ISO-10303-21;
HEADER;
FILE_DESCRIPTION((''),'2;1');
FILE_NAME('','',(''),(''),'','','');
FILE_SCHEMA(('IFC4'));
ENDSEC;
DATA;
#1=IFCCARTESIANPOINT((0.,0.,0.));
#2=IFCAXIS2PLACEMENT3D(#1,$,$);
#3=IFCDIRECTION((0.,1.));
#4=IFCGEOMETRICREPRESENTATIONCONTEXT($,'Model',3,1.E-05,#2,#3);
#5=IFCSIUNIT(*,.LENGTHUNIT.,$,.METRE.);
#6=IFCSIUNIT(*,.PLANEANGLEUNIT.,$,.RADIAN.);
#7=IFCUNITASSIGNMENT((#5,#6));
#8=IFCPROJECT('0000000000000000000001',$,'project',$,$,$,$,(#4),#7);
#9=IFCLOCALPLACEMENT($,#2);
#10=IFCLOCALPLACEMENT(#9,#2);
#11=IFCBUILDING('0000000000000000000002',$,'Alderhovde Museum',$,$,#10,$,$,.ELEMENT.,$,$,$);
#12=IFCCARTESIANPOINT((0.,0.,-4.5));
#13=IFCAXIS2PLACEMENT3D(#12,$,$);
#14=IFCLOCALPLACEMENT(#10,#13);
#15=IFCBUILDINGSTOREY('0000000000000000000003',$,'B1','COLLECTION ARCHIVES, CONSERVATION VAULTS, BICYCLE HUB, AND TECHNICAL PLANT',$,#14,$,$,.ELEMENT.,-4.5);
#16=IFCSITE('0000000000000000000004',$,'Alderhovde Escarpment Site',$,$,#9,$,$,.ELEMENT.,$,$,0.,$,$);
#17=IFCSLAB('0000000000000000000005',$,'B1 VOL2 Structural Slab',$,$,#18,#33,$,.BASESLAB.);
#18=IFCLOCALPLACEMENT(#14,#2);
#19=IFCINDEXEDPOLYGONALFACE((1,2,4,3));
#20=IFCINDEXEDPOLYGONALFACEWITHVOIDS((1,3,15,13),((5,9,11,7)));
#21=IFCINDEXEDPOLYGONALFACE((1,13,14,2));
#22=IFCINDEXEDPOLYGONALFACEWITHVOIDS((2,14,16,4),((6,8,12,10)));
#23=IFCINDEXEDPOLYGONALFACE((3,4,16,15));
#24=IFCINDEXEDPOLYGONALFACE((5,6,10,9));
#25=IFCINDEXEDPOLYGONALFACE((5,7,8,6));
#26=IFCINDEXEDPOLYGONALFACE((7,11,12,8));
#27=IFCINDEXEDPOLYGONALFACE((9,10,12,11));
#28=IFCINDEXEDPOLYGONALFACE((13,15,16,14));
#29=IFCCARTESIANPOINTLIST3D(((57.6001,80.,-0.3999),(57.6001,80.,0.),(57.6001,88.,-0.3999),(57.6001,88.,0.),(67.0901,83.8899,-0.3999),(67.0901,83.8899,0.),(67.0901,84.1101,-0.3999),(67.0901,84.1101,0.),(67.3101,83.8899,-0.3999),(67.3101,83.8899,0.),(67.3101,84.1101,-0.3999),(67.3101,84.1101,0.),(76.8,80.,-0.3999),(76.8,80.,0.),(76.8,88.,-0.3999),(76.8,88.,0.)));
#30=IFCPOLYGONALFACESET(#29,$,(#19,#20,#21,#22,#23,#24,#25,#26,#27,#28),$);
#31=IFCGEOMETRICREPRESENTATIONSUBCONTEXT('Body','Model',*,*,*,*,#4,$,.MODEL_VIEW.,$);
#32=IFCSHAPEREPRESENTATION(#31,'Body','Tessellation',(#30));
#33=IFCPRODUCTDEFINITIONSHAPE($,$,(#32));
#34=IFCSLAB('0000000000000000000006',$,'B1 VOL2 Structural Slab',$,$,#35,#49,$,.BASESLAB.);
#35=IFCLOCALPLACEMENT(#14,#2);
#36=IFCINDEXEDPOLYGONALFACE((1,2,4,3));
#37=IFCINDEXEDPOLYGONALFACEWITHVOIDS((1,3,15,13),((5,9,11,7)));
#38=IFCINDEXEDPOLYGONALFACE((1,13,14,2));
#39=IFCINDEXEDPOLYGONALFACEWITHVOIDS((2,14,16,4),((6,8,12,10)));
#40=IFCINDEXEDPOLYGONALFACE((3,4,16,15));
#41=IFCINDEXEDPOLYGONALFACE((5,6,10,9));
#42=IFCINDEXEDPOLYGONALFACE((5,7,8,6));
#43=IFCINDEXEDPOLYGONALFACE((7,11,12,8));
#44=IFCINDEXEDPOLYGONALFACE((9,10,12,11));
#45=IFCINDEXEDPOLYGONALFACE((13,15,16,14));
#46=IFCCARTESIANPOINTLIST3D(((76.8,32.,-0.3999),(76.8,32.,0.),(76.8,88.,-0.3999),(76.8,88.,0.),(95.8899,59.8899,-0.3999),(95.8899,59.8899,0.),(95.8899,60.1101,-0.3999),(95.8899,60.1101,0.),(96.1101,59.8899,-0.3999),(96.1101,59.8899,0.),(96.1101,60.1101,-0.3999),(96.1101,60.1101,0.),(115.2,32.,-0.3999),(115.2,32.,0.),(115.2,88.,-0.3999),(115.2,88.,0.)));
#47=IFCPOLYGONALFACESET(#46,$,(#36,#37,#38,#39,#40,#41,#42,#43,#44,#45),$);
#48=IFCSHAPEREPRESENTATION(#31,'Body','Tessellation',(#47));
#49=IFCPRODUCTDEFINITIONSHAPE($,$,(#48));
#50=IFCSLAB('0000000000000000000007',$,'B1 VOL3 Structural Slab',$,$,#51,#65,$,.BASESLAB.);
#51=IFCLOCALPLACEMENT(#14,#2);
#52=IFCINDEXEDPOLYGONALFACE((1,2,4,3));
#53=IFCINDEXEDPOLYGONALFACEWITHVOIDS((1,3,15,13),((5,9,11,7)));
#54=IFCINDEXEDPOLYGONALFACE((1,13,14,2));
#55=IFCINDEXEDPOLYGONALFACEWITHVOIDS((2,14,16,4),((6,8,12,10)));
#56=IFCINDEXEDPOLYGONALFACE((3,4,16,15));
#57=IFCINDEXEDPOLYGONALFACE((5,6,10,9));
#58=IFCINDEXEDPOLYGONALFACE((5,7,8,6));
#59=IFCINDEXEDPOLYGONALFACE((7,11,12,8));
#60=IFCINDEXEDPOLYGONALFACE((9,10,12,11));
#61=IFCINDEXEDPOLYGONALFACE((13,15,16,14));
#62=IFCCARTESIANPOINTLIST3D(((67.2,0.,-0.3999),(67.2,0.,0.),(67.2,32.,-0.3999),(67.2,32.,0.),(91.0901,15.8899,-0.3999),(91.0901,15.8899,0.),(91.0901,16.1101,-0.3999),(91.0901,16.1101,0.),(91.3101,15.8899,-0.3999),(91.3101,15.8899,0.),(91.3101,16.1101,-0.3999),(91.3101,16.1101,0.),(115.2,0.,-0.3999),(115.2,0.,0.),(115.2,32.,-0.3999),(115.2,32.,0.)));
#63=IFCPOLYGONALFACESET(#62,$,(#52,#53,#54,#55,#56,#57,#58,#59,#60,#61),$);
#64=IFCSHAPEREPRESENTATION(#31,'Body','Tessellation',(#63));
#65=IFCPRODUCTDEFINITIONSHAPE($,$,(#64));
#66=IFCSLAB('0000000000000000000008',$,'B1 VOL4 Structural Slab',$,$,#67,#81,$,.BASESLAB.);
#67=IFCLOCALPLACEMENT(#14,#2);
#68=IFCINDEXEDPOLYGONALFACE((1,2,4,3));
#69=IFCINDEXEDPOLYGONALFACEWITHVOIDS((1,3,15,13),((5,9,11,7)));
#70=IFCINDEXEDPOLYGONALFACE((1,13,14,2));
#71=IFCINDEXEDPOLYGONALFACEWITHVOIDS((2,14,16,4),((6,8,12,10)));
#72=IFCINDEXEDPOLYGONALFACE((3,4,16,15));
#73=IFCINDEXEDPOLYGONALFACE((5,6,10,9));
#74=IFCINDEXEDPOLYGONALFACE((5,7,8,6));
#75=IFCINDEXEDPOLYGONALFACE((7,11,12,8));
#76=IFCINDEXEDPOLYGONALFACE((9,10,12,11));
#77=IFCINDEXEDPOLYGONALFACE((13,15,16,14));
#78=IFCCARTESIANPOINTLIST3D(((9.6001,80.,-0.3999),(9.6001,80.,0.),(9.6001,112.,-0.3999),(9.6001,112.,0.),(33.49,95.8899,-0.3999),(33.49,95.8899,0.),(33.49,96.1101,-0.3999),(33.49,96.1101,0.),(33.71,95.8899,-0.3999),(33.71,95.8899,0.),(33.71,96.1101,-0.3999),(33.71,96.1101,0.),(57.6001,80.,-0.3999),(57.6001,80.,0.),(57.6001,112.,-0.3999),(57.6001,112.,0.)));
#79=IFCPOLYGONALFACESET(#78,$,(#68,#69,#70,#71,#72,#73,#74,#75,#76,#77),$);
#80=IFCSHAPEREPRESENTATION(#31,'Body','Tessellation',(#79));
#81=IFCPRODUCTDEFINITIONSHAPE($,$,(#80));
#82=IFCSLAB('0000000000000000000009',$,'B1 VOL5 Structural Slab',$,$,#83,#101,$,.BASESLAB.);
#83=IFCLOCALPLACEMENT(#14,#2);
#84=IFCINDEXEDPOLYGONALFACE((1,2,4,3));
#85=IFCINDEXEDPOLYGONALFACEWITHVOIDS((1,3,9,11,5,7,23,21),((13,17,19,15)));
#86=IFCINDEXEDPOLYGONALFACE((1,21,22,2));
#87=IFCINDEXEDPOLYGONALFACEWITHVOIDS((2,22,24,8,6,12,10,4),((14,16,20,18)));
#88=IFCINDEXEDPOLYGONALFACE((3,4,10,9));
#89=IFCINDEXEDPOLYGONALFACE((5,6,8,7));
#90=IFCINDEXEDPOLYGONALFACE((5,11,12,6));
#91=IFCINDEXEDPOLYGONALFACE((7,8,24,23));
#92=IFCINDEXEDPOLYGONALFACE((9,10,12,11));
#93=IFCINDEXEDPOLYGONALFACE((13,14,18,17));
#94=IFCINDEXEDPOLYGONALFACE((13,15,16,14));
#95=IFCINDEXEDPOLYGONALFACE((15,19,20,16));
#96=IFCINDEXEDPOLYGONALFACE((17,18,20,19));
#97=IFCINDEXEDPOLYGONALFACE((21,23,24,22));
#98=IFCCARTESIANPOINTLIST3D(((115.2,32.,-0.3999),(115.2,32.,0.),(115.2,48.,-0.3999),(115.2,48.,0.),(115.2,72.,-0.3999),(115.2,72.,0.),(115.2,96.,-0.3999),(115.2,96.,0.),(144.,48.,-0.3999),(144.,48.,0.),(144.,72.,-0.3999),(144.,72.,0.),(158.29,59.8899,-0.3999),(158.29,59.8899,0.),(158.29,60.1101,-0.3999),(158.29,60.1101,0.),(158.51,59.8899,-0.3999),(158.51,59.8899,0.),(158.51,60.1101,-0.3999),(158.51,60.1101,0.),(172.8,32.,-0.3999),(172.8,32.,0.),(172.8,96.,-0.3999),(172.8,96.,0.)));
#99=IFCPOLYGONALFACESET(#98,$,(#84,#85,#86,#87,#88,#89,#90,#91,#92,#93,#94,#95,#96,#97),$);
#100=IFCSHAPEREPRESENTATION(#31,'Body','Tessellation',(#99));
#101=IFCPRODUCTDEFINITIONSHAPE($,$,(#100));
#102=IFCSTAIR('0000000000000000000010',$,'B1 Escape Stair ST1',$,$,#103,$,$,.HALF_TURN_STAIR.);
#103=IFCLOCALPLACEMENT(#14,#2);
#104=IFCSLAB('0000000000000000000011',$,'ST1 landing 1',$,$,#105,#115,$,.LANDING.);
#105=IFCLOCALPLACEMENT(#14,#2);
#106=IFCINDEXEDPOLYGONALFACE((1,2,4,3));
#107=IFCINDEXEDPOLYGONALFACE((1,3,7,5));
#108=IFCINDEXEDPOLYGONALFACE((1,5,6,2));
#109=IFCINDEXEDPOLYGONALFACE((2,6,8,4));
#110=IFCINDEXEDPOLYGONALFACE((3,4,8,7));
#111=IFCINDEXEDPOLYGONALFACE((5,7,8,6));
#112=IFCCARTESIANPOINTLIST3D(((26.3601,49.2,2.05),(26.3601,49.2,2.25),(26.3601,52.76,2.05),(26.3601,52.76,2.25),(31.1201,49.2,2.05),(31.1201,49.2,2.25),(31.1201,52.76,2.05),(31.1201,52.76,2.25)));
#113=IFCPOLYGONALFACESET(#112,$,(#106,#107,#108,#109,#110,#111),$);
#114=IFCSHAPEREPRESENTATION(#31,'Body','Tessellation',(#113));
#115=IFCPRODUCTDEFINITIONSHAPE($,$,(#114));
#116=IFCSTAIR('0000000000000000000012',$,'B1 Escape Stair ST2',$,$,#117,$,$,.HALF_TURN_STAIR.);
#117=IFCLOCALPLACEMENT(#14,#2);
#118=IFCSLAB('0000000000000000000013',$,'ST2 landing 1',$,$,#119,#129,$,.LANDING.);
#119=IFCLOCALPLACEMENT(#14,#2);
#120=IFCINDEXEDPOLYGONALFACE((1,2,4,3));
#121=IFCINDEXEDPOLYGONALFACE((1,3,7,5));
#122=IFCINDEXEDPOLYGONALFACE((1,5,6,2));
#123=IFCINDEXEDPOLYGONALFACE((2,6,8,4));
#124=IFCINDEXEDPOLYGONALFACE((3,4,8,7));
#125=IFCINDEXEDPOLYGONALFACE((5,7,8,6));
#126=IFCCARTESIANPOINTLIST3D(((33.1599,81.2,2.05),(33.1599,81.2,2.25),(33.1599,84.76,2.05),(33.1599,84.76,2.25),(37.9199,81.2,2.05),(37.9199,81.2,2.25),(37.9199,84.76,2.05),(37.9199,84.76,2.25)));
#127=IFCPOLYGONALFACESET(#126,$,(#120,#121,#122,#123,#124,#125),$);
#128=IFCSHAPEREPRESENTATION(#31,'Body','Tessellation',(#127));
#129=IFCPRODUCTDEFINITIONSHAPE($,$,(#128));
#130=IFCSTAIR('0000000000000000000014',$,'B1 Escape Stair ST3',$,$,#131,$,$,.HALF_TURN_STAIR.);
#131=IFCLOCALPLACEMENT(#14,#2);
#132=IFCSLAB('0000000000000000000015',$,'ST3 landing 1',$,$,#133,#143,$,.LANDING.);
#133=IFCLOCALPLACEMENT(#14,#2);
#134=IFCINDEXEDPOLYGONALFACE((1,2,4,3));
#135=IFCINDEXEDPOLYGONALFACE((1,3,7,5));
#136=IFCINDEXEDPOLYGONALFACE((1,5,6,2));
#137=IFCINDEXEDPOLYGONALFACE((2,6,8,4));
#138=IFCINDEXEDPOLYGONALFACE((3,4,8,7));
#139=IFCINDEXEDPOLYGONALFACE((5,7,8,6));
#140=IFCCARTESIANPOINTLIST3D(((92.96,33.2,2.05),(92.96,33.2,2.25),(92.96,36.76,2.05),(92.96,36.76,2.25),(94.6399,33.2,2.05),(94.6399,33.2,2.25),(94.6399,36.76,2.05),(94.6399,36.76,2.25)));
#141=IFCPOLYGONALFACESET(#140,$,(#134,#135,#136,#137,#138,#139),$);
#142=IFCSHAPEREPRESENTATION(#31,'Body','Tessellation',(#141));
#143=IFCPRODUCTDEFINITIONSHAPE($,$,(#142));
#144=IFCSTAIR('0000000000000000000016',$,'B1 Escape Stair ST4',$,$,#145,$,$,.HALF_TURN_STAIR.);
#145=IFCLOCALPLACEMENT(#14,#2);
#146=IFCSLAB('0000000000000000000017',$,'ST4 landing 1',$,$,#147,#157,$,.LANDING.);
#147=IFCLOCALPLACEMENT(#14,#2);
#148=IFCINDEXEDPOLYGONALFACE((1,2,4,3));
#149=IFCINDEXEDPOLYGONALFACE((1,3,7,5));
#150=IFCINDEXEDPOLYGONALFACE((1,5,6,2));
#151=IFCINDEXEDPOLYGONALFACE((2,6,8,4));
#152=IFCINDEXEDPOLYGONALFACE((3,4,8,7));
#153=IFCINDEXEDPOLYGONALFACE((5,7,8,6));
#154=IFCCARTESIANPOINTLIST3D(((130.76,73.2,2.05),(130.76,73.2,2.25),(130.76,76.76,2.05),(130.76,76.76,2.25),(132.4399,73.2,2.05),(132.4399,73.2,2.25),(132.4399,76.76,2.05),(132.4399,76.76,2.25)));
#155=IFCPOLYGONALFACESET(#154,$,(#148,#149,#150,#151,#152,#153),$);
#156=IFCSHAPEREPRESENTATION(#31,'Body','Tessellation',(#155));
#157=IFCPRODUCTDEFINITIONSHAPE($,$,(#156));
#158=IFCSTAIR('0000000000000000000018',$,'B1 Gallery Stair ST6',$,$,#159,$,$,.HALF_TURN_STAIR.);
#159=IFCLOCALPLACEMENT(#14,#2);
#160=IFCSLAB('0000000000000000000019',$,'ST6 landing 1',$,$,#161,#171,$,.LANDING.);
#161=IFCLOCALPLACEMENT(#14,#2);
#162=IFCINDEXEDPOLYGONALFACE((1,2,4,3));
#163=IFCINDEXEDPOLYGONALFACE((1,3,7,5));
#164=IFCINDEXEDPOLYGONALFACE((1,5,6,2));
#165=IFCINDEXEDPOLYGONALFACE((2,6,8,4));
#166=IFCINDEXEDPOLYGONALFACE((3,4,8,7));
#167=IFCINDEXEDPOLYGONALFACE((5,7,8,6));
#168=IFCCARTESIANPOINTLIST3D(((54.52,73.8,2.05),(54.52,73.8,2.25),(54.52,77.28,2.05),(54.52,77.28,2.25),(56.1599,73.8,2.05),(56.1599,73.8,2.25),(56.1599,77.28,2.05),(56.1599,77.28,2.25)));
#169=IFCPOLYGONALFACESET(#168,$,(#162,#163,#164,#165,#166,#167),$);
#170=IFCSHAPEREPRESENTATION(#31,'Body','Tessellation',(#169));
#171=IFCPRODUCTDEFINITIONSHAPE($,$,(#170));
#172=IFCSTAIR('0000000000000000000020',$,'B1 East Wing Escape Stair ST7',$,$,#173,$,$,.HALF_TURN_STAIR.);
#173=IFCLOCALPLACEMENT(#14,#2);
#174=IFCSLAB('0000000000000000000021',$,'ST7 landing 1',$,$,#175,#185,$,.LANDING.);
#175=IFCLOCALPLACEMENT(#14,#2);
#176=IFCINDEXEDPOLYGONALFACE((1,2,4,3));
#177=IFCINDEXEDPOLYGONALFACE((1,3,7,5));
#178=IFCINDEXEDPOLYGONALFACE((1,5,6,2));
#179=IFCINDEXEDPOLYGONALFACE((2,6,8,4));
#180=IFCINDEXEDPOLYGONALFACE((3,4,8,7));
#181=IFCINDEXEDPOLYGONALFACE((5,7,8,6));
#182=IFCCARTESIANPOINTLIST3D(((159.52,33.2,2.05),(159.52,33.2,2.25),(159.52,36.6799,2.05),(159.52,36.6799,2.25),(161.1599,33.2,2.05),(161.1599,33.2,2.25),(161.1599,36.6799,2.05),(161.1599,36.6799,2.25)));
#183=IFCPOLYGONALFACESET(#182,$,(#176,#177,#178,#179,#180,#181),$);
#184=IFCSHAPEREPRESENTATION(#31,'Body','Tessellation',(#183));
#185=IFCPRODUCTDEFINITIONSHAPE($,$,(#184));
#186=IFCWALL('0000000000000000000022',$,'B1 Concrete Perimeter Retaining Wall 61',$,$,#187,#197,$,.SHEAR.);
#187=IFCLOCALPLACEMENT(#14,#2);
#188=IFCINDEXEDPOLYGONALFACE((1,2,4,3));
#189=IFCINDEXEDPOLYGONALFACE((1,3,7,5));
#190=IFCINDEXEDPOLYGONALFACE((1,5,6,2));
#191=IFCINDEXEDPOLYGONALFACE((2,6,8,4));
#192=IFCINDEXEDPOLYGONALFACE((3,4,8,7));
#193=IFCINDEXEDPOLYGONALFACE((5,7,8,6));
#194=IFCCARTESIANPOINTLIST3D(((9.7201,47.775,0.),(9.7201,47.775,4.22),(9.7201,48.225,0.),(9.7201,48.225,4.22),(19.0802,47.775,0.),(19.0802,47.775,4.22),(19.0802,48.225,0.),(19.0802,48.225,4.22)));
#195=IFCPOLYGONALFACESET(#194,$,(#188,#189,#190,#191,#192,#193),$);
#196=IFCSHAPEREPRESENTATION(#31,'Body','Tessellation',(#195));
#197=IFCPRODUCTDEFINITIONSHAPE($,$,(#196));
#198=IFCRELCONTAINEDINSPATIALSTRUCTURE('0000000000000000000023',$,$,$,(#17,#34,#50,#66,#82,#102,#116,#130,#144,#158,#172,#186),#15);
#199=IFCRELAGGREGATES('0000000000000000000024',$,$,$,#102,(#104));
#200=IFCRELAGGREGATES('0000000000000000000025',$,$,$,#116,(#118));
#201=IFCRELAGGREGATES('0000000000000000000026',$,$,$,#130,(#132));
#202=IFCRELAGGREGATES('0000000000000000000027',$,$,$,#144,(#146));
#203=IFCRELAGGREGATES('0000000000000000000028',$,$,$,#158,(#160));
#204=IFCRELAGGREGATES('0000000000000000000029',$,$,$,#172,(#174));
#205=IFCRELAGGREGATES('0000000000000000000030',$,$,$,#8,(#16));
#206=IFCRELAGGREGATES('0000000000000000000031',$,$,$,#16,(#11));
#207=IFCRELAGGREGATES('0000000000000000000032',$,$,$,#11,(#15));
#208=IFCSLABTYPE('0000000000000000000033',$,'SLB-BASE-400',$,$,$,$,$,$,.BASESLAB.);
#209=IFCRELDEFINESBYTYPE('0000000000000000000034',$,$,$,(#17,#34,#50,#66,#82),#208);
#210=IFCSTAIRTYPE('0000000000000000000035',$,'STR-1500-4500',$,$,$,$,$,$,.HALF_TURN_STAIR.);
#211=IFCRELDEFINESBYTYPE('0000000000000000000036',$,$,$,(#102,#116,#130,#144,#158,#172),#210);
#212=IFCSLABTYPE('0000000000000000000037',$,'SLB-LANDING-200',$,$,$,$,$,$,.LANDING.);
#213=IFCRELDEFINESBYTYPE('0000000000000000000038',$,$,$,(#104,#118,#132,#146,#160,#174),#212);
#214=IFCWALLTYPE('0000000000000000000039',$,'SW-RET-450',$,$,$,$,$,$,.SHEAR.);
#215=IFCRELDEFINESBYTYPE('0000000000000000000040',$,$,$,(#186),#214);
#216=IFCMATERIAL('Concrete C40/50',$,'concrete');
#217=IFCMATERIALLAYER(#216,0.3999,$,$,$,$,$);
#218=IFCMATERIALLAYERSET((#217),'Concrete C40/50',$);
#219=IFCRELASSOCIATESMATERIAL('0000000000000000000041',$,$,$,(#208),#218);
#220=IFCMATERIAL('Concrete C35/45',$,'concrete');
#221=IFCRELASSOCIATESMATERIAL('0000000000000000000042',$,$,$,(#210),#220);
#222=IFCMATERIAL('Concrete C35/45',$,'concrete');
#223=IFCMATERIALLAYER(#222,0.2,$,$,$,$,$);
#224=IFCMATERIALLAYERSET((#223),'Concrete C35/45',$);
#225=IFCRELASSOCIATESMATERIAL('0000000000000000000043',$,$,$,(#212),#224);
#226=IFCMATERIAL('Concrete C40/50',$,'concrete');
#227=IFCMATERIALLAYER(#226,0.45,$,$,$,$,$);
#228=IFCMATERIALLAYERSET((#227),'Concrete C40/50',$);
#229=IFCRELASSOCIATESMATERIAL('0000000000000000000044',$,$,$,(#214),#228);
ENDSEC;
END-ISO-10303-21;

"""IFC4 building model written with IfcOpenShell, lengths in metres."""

from ifc_helpers import new_model, si_unit, direction, frame, frame_2d, origin, place, context, subcontext, project, spatial, polyline, rectangle, outline, extrude, material, layer, layer_set, type_object, element, aggregate, save


model = new_model("IFC4")

# Units and contexts
model_context = context("Model", 3, precision=1e-05, world=origin(), true_north=direction((0.0, 1.0)))
body_context = subcontext(model_context, "Body", "Model", "MODEL_VIEW")
ifc_project = project(units=[si_unit("LENGTHUNIT", "METRE"), si_unit("PLANEANGLEUNIT", "RADIAN")], contexts=[model_context])

# Site, building, storey
site_placement = place(None, origin())
site = spatial("IfcSite", under=ifc_project, at=site_placement, Name="Alderhovde Escarpment Site", CompositionType="ELEMENT", RefElevation=0.0)
building_placement = place(site_placement, origin())
building = spatial("IfcBuilding", under=site, at=building_placement, Name="Alderhovde Museum", CompositionType="ELEMENT")
storey_placement = place(building_placement, frame((0.0, 0.0, -4.5)))
storey = spatial("IfcBuildingStorey", under=building, at=storey_placement, Name="B1", Description="COLLECTION ARCHIVES, CONSERVATION VAULTS, BICYCLE HUB, AND TECHNICAL PLANT", CompositionType="ELEMENT", Elevation=-4.5)

# Slabs
ifc_material_1 = material(Name="Concrete C40/50", Category="concrete")
ifc_layer_1 = layer(ifc_material_1, 0.3999)
ifc_layer_set_1 = layer_set([ifc_layer_1], Name="Concrete C40/50")
slab_type_1 = type_object("IfcSlabType", Name="SLB-BASE-400", PredefinedType="BASESLAB", material=ifc_layer_set_1)
slab_1_placement = place(storey_placement, frame((0.0, 0.0, -0.3999)))
element("IfcSlab", 1, at=slab_1_placement, inside=storey, type_object=slab_type_1, Name="B1 VOL2 Structural Slab", PredefinedType="BASESLAB", context=body_context, shape_type="SweptSolid", body=[
    extrude(outline(polyline([(57.6001, 80.0), (76.8, 80.0), (76.8, 88.0), (57.6001, 88.0), (57.6001, 80.0)]), holes=[polyline([(67.0901, 83.8899), (67.3101, 83.8899), (67.3101, 84.1101), (67.0901, 84.1101), (67.0901, 83.8899)])]), origin(), (0.0, 0.0, 1.0), 0.3999),
])
slab_2_placement = place(storey_placement, frame((0.0, 0.0, -0.3999)))
element("IfcSlab", 2, at=slab_2_placement, inside=storey, type_object=slab_type_1, Name="B1 VOL2 Structural Slab", PredefinedType="BASESLAB", context=body_context, shape_type="SweptSolid", body=[
    extrude(outline(polyline([(76.8, 32.0), (115.2, 32.0), (115.2, 88.0), (76.8, 88.0), (76.8, 32.0)]), holes=[polyline([(95.8899, 59.8899), (96.1101, 59.8899), (96.1101, 60.1101), (95.8899, 60.1101), (95.8899, 59.8899)])]), origin(), (0.0, 0.0, 1.0), 0.3999),
])
slab_3_placement = place(storey_placement, frame((0.0, 0.0, -0.3999)))
element("IfcSlab", 3, at=slab_3_placement, inside=storey, type_object=slab_type_1, Name="B1 VOL3 Structural Slab", PredefinedType="BASESLAB", context=body_context, shape_type="SweptSolid", body=[
    extrude(outline(polyline([(67.2, 0.0), (115.2, 0.0), (115.2, 32.0), (67.2, 32.0), (67.2, 0.0)]), holes=[polyline([(91.0901, 15.8899), (91.3101, 15.8899), (91.3101, 16.1101), (91.0901, 16.1101), (91.0901, 15.8899)])]), origin(), (0.0, 0.0, 1.0), 0.3999),
])
slab_4_placement = place(storey_placement, frame((0.0, 0.0, -0.3999)))
element("IfcSlab", 4, at=slab_4_placement, inside=storey, type_object=slab_type_1, Name="B1 VOL4 Structural Slab", PredefinedType="BASESLAB", context=body_context, shape_type="SweptSolid", body=[
    extrude(outline(polyline([(9.6001, 80.0), (57.6001, 80.0), (57.6001, 112.0), (9.6001, 112.0), (9.6001, 80.0)]), holes=[polyline([(33.49, 95.8899), (33.71, 95.8899), (33.71, 96.1101), (33.49, 96.1101), (33.49, 95.8899)])]), origin(), (0.0, 0.0, 1.0), 0.3999),
])
slab_5_placement = place(storey_placement, frame((0.0, 0.0, -0.3999)))
element("IfcSlab", 5, at=slab_5_placement, inside=storey, type_object=slab_type_1, Name="B1 VOL5 Structural Slab", PredefinedType="BASESLAB", context=body_context, shape_type="SweptSolid", body=[
    extrude(outline(polyline([(115.2, 32.0), (172.8, 32.0), (172.8, 96.0), (115.2, 96.0), (115.2, 72.0), (144.0, 72.0), (144.0, 48.0), (115.2, 48.0), (115.2, 32.0)]), holes=[polyline([(158.29, 59.8899), (158.51, 59.8899), (158.51, 60.1101), (158.29, 60.1101), (158.29, 59.8899)])]), origin(), (0.0, 0.0, 1.0), 0.3999),
])

# Stairs, slabs
ifc_material_2 = material(Name="Concrete C35/45", Category="concrete")
stair_type = type_object("IfcStairType", Name="STR-1500-4500", PredefinedType="HALF_TURN_STAIR", material=ifc_material_2)
stair_1_placement = place(storey_placement, origin())
stair_1 = element("IfcStair", 6, at=stair_1_placement, inside=storey, type_object=stair_type, Name="B1 Escape Stair ST1", PredefinedType="HALF_TURN_STAIR")
ifc_material_3 = material(Name="Concrete C35/45", Category="concrete")
ifc_layer_2 = layer(ifc_material_3, 0.2)
ifc_layer_set_2 = layer_set([ifc_layer_2], Name="Concrete C35/45")
slab_type_2 = type_object("IfcSlabType", Name="SLB-LANDING-200", PredefinedType="LANDING", material=ifc_layer_set_2)
slab_6_placement = place(storey_placement, frame((0.0, 0.0, 2.05)))
slab_6 = element("IfcSlab", 7, at=slab_6_placement, type_object=slab_type_2, Name="ST1 landing 1", PredefinedType="LANDING", context=body_context, shape_type="SweptSolid", body=[
    extrude(outline(polyline([(26.3601, 49.2), (31.1201, 49.2), (31.1201, 52.76), (26.3601, 52.76), (26.3601, 49.2)])), origin(), (0.0, 0.0, 1.0), 0.2),
])
aggregate(stair_1, [slab_6])
stair_2_placement = place(storey_placement, origin())
stair_2 = element("IfcStair", 8, at=stair_2_placement, inside=storey, type_object=stair_type, Name="B1 Escape Stair ST2", PredefinedType="HALF_TURN_STAIR")
slab_7_placement = place(storey_placement, frame((0.0, 0.0, 2.05)))
slab_7 = element("IfcSlab", 9, at=slab_7_placement, type_object=slab_type_2, Name="ST2 landing 1", PredefinedType="LANDING", context=body_context, shape_type="SweptSolid", body=[
    extrude(outline(polyline([(33.1599, 81.2), (37.9199, 81.2), (37.9199, 84.76), (33.1599, 84.76), (33.1599, 81.2)])), origin(), (0.0, 0.0, 1.0), 0.2),
])
aggregate(stair_2, [slab_7])
stair_3_placement = place(storey_placement, origin())
stair_3 = element("IfcStair", 10, at=stair_3_placement, inside=storey, type_object=stair_type, Name="B1 Escape Stair ST3", PredefinedType="HALF_TURN_STAIR")
slab_8_placement = place(storey_placement, frame((0.0, 0.0, 2.05)))
slab_8 = element("IfcSlab", 11, at=slab_8_placement, type_object=slab_type_2, Name="ST3 landing 1", PredefinedType="LANDING", context=body_context, shape_type="SweptSolid", body=[
    extrude(outline(polyline([(92.96, 33.2), (94.6399, 33.2), (94.6399, 36.76), (92.96, 36.76), (92.96, 33.2)])), origin(), (0.0, 0.0, 1.0), 0.2),
])
aggregate(stair_3, [slab_8])
stair_4_placement = place(storey_placement, origin())
stair_4 = element("IfcStair", 12, at=stair_4_placement, inside=storey, type_object=stair_type, Name="B1 Escape Stair ST4", PredefinedType="HALF_TURN_STAIR")
slab_9_placement = place(storey_placement, frame((0.0, 0.0, 2.05)))
slab_9 = element("IfcSlab", 13, at=slab_9_placement, type_object=slab_type_2, Name="ST4 landing 1", PredefinedType="LANDING", context=body_context, shape_type="SweptSolid", body=[
    extrude(outline(polyline([(130.76, 73.2), (132.4399, 73.2), (132.4399, 76.76), (130.76, 76.76), (130.76, 73.2)])), origin(), (0.0, 0.0, 1.0), 0.2),
])
aggregate(stair_4, [slab_9])
stair_5_placement = place(storey_placement, origin())
stair_5 = element("IfcStair", 14, at=stair_5_placement, inside=storey, type_object=stair_type, Name="B1 Gallery Stair ST6", PredefinedType="HALF_TURN_STAIR")
slab_10_placement = place(storey_placement, frame((0.0, 0.0, 2.05)))
slab_10 = element("IfcSlab", 15, at=slab_10_placement, type_object=slab_type_2, Name="ST6 landing 1", PredefinedType="LANDING", context=body_context, shape_type="SweptSolid", body=[
    extrude(outline(polyline([(54.52, 73.8), (56.1599, 73.8), (56.1599, 77.28), (54.52, 77.28), (54.52, 73.8)])), origin(), (0.0, 0.0, 1.0), 0.2),
])
aggregate(stair_5, [slab_10])
stair_6_placement = place(storey_placement, origin())
stair_6 = element("IfcStair", 16, at=stair_6_placement, inside=storey, type_object=stair_type, Name="B1 East Wing Escape Stair ST7", PredefinedType="HALF_TURN_STAIR")
slab_11_placement = place(storey_placement, frame((0.0, 0.0, 2.05)))
slab_11 = element("IfcSlab", 17, at=slab_11_placement, type_object=slab_type_2, Name="ST7 landing 1", PredefinedType="LANDING", context=body_context, shape_type="SweptSolid", body=[
    extrude(outline(polyline([(159.52, 33.2), (161.1599, 33.2), (161.1599, 36.6799), (159.52, 36.6799), (159.52, 33.2)])), origin(), (0.0, 0.0, 1.0), 0.2),
])
aggregate(stair_6, [slab_11])

# Wall
ifc_material_4 = material(Name="Concrete C40/50", Category="concrete")
ifc_layer_3 = layer(ifc_material_4, 0.45)
ifc_layer_set_3 = layer_set([ifc_layer_3], Name="Concrete C40/50")
wall_type = type_object("IfcWallType", Name="SW-RET-450", PredefinedType="SHEAR", material=ifc_layer_set_3)
wall_placement = place(storey_placement, frame((9.72, 48.0, 0.0), z_axis=(0.0, 0.0, 1.0), x_axis=(1.0, 0.0, 0.0)))
element("IfcWall", 18, at=wall_placement, inside=storey, type_object=wall_type, Name="B1 Concrete Perimeter Retaining Wall 61", PredefinedType="SHEAR", context=body_context, shape_type="SweptSolid", body=[
    extrude(rectangle(XDim=9.3601, YDim=0.45, at=frame_2d((4.6802, 0.0))), origin(), (0.0, 0.0, 1.0), 4.22),
])

save(model, "model.ifc")
